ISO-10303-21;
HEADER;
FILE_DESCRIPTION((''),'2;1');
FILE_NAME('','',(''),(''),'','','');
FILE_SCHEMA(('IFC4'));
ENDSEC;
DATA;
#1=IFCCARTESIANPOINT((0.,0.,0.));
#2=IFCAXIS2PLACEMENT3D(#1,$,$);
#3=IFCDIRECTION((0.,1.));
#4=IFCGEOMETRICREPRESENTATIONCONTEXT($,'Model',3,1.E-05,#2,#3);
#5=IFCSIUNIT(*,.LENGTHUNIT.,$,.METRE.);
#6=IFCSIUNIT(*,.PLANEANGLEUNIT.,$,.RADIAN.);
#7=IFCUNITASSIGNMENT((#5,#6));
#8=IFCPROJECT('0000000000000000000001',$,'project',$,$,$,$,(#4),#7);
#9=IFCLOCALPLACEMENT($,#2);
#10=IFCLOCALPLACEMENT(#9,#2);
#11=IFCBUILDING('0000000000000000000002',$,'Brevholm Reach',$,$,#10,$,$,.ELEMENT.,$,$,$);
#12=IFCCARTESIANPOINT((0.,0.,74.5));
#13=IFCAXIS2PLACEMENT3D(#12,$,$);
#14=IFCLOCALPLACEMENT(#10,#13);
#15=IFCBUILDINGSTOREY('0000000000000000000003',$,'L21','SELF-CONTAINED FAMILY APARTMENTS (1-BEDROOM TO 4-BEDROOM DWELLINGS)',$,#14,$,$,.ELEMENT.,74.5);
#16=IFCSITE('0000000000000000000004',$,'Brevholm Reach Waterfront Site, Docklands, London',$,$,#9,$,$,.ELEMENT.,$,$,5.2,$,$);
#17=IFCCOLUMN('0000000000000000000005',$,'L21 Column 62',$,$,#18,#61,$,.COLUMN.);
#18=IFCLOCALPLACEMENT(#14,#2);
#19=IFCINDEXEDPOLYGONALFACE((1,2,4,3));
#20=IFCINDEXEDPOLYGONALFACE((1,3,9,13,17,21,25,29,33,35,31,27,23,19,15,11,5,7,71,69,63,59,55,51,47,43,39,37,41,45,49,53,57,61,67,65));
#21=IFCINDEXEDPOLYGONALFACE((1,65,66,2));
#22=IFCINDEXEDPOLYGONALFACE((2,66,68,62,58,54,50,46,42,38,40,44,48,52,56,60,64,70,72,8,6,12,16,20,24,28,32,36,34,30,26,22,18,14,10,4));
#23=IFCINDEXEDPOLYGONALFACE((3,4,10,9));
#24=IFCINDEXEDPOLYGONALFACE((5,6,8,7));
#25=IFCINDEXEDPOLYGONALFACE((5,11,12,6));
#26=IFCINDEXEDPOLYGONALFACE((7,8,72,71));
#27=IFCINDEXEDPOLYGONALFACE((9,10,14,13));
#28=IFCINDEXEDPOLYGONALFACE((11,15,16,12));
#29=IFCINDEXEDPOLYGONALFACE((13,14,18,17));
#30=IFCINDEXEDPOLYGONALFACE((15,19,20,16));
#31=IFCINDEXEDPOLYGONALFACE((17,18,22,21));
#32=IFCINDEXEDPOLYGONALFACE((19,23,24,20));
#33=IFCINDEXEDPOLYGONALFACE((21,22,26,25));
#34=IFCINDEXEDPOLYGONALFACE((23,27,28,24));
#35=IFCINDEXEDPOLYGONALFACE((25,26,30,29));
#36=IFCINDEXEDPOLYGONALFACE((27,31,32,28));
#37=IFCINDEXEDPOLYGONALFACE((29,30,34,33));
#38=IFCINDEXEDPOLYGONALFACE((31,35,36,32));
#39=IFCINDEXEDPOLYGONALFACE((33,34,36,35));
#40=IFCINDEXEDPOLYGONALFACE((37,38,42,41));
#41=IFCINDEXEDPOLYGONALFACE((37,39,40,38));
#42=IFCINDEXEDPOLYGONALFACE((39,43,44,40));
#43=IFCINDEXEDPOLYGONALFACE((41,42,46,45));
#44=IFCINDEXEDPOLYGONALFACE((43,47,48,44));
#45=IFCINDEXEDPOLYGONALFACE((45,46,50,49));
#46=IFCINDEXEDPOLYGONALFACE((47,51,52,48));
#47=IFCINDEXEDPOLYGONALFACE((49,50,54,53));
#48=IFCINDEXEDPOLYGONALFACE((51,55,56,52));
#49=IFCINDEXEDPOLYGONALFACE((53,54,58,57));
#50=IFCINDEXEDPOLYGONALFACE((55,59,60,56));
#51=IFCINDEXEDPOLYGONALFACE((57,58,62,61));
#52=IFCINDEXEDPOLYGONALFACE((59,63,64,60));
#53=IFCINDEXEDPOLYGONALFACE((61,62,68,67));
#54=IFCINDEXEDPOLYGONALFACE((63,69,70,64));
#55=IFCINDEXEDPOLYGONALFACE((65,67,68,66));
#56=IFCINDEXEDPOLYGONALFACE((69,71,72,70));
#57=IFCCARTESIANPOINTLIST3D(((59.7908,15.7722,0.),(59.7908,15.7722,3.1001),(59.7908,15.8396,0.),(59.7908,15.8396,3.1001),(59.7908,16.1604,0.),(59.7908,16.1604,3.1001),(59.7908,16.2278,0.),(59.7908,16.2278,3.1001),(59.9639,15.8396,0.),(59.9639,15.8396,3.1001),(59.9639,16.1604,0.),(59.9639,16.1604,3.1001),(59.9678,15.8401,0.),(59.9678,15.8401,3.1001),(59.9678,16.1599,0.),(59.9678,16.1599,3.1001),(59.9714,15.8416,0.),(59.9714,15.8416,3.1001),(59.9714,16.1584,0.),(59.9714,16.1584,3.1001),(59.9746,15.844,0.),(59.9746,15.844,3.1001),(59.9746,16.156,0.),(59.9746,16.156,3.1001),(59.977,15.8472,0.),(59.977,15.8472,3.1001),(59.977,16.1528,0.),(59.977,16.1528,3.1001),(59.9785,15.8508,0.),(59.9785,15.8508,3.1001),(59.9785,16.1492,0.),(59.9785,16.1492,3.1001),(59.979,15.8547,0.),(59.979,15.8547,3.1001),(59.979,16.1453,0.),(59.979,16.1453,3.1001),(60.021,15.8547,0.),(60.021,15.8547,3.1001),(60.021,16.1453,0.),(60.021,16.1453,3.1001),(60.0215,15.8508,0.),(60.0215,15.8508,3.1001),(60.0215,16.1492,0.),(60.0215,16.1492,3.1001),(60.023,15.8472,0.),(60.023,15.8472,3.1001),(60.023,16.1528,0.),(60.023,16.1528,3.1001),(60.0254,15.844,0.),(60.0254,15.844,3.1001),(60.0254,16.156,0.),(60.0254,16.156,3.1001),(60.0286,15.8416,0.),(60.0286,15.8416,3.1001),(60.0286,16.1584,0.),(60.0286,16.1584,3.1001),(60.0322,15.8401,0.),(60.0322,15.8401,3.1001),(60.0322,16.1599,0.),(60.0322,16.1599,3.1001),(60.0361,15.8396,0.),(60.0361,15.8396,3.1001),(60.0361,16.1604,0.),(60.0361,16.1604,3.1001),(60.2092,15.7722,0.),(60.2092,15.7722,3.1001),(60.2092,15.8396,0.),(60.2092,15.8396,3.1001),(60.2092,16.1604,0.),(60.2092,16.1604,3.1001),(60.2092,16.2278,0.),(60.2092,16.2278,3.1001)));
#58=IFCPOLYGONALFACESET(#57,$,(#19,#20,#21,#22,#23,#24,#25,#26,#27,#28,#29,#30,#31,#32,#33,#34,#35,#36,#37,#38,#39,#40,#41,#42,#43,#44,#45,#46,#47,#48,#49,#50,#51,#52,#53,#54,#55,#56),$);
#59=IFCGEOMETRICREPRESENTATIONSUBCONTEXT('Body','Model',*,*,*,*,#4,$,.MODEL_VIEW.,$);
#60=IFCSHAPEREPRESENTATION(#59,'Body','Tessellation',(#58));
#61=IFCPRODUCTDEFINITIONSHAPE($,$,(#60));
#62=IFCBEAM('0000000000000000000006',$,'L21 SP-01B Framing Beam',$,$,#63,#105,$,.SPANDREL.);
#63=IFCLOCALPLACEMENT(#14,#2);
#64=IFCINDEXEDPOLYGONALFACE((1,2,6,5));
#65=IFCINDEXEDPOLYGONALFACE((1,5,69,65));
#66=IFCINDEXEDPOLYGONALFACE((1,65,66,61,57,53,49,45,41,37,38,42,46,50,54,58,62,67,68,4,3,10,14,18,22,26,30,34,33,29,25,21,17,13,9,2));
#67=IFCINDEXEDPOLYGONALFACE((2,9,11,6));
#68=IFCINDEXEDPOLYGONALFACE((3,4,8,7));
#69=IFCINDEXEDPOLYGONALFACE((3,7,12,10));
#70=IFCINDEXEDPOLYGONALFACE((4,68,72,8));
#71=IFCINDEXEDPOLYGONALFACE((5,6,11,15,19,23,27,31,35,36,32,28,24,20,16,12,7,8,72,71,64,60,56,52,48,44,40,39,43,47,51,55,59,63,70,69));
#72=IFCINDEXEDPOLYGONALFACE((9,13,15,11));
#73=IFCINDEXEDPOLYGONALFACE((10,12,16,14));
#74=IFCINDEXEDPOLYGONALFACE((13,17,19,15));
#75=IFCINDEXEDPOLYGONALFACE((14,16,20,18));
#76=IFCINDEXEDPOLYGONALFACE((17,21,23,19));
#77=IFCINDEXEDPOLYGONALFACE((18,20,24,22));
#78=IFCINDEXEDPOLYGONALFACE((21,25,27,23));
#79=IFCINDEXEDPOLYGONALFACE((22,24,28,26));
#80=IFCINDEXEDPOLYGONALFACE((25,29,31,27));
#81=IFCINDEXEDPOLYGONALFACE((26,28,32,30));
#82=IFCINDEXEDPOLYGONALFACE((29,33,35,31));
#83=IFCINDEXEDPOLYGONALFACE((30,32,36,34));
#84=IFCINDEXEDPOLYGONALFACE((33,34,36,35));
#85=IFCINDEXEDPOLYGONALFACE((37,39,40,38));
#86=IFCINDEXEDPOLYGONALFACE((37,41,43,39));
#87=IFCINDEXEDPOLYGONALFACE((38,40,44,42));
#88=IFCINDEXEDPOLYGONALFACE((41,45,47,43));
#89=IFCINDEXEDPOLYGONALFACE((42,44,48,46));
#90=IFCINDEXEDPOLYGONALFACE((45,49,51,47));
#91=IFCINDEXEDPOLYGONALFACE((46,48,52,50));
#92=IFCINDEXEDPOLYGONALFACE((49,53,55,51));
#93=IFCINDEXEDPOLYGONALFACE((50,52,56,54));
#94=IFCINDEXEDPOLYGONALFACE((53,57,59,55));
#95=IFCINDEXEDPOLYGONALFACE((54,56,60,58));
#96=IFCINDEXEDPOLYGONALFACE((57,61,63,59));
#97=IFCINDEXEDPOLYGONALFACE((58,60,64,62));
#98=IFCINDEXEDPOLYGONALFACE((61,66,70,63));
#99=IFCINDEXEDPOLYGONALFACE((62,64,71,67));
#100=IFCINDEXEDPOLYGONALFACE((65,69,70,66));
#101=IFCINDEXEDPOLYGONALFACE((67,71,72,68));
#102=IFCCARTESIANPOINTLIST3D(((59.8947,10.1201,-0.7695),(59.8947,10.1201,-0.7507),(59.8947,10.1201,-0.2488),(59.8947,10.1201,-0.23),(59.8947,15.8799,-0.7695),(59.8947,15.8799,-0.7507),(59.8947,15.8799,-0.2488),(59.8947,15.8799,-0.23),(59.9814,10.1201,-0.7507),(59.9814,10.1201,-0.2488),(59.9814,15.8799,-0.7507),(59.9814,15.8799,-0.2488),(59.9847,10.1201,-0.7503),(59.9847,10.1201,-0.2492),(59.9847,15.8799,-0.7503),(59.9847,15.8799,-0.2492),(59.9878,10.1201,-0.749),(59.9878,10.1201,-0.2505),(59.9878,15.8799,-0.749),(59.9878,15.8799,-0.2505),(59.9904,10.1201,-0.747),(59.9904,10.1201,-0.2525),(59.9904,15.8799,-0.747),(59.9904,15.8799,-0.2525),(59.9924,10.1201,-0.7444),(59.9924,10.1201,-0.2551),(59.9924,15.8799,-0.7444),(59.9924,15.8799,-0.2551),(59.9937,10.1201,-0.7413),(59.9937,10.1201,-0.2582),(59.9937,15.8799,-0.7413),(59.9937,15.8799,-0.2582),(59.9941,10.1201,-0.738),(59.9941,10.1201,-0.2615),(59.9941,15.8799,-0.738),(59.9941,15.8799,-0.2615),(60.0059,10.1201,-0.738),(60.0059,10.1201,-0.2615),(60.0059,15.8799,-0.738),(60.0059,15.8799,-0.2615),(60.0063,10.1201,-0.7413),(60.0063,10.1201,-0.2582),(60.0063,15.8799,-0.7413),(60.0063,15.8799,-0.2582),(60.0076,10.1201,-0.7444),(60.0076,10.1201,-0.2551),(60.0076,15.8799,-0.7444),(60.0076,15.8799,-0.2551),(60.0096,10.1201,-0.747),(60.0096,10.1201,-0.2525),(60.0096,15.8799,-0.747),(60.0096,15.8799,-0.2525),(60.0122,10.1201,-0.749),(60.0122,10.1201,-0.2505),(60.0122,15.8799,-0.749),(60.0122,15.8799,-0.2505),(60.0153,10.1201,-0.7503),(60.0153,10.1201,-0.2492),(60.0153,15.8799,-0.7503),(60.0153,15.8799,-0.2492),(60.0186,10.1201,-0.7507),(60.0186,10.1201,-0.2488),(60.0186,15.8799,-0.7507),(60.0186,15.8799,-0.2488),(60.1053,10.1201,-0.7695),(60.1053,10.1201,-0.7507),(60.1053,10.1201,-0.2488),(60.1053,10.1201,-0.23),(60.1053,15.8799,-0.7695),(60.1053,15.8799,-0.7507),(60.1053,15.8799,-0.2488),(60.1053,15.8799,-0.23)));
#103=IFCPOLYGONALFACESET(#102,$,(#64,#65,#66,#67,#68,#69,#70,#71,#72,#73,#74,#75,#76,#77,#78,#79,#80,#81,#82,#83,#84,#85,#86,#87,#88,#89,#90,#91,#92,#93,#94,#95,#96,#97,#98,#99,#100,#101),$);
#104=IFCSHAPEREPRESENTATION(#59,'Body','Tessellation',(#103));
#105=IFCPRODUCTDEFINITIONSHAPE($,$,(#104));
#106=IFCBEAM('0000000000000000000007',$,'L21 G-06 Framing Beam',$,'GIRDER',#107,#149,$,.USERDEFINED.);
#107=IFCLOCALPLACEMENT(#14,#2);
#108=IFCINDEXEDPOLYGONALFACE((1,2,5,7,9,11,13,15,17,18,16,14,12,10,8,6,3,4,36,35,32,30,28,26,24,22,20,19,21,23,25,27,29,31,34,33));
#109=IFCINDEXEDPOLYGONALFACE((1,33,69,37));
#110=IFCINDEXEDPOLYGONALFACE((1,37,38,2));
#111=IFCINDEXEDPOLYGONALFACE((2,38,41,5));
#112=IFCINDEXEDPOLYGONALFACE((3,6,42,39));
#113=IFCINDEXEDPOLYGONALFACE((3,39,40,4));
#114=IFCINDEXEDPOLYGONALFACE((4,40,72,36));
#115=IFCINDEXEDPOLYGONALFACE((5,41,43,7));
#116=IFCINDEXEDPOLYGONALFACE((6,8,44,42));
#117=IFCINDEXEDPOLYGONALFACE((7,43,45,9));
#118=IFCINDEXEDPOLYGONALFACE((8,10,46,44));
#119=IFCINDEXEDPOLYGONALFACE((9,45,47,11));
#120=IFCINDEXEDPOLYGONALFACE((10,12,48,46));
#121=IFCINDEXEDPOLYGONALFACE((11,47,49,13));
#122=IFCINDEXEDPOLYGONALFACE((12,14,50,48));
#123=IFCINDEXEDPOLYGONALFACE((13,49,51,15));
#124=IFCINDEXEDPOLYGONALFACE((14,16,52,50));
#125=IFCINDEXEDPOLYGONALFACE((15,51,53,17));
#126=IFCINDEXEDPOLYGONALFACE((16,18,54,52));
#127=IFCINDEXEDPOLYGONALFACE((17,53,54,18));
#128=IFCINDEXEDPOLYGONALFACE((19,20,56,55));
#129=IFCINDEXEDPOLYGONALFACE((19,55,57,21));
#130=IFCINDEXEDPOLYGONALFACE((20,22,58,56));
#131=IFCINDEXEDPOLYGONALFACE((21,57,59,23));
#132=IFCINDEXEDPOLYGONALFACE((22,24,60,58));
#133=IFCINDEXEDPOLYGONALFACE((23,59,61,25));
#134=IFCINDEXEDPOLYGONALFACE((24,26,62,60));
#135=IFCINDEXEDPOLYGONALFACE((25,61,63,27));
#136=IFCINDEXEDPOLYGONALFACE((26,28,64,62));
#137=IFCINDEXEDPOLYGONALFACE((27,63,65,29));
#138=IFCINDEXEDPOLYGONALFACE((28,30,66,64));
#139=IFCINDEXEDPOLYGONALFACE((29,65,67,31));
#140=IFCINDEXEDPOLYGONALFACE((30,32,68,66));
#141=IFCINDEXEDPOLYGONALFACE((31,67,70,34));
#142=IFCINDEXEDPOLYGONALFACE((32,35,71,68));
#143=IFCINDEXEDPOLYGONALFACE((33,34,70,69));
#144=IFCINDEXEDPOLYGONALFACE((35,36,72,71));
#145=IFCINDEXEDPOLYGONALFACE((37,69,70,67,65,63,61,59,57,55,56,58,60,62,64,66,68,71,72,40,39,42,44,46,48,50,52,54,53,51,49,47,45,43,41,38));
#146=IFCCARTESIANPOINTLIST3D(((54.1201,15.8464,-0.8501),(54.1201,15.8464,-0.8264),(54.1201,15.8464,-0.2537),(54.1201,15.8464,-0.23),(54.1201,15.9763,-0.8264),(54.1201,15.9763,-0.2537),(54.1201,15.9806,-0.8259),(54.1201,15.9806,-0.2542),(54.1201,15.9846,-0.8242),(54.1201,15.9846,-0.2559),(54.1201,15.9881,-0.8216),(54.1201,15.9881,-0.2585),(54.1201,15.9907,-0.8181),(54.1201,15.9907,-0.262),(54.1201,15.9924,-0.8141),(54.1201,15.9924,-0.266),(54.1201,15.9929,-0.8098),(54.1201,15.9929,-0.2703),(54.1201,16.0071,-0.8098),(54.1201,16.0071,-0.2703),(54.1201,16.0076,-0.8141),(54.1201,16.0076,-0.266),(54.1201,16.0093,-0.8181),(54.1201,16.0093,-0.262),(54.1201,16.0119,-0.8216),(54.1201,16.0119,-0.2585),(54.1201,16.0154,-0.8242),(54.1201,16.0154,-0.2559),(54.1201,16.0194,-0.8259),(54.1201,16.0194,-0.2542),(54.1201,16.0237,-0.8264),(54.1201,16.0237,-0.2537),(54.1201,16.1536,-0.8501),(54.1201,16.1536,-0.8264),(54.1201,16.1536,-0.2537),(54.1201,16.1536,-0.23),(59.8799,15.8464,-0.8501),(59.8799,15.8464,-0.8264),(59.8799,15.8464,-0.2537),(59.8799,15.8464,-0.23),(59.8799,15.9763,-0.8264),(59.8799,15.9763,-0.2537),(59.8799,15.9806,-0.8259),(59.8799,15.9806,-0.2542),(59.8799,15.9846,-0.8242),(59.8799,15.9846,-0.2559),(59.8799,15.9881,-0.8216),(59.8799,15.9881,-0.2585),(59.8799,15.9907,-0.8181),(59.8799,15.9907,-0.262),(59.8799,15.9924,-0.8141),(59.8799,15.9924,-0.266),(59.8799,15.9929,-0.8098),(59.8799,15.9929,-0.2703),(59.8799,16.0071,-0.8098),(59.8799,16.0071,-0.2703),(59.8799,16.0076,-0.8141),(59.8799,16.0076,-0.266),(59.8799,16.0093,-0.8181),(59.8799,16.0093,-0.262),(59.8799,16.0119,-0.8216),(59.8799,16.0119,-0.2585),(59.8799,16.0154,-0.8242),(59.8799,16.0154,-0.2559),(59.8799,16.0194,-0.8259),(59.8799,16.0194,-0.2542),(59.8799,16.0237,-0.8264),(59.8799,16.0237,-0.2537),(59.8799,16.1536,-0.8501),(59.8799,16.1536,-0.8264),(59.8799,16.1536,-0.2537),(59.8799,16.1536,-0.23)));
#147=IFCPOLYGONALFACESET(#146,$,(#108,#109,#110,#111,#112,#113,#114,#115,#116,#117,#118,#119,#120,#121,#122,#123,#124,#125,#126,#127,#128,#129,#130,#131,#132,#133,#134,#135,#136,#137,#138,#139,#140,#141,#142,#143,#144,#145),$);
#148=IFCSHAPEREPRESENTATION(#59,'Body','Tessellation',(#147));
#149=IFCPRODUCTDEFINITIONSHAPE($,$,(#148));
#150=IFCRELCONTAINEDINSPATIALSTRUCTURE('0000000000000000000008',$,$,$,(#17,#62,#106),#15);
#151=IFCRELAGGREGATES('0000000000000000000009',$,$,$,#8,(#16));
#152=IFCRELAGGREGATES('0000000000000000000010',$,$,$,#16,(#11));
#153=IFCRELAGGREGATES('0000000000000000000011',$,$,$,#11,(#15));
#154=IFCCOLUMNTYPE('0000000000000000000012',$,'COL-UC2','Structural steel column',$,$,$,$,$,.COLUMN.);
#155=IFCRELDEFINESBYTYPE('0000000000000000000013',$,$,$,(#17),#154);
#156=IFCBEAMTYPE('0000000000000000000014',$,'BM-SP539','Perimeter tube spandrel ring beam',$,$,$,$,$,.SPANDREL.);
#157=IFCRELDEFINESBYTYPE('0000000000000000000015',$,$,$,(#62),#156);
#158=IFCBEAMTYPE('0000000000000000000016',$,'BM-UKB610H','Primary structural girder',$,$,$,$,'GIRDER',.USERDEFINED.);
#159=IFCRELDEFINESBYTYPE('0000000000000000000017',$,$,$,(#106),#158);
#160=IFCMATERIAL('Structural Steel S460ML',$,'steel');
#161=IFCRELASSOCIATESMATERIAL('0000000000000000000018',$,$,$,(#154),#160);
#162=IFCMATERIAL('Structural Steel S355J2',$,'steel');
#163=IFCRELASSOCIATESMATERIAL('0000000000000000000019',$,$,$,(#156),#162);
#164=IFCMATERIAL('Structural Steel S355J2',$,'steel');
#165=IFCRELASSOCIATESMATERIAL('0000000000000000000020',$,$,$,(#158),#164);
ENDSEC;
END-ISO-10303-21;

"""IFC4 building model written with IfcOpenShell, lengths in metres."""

from ifc_helpers import new_model, si_unit, direction, frame, origin, origin_2d, place, context, subcontext, project, spatial, i_section, extrude, material, material_profile, profile_set, type_object, element, save


model = new_model("IFC4")

# Units and contexts
model_context = context("Model", 3, precision=1e-05, world=origin(), true_north=direction((0.0, 1.0)))
body_context = subcontext(model_context, "Body", "Model", "MODEL_VIEW")
ifc_project = project(units=[si_unit("LENGTHUNIT", "METRE"), si_unit("PLANEANGLEUNIT", "RADIAN")], contexts=[model_context])

# Site, building, storey
site_placement = place(None, origin())
site = spatial("IfcSite", under=ifc_project, at=site_placement, Name="Brevholm Reach Waterfront Site, Docklands, London", CompositionType="ELEMENT", RefElevation=5.2)
building_placement = place(site_placement, origin())
building = spatial("IfcBuilding", under=site, at=building_placement, Name="Brevholm Reach", CompositionType="ELEMENT")
storey_placement = place(building_placement, frame((0.0, 0.0, 74.5)))
storey = spatial("IfcBuildingStorey", under=building, at=storey_placement, Name="L21", Description="SELF-CONTAINED FAMILY APARTMENTS (1-BEDROOM TO 4-BEDROOM DWELLINGS)", CompositionType="ELEMENT", Elevation=74.5)

# Column
ifc_material_1 = material(Name="Structural Steel S460ML", Category="steel")
ifc_material_profile_1 = material_profile(ifc_material_1, i_section(OverallWidth=0.4185, OverallDepth=0.4556, WebThickness=0.042, FlangeThickness=0.0674, FilletRadius=0.0151, at=origin_2d()), Name="UKC 356x406x551")
ifc_profile_set_1 = profile_set([ifc_material_profile_1], Name="Structural Steel S460ML")
column_type = type_object("IfcColumnType", Name="COL-UC2", Description="Structural steel column", PredefinedType="COLUMN", material=ifc_profile_set_1)
column_placement = place(storey_placement, frame((60.0, 16.0, 0.0), z_axis=(0.0, 0.0, 1.0), x_axis=(1.0, 0.0, 0.0)))
element("IfcColumn", 1, at=column_placement, inside=storey, type_object=column_type, Name="L21 Column 62", PredefinedType="COLUMN", context=body_context, shape_type="SweptSolid", body=[
    extrude(i_section(OverallWidth=0.4185, OverallDepth=0.4556, WebThickness=0.042, FlangeThickness=0.0674, FilletRadius=0.0151, at=origin_2d()), origin(), (0.0, 0.0, 1.0), 3.1001),
])

# Beams
ifc_material_2 = material(Name="Structural Steel S355J2", Category="steel")
ifc_material_profile_2 = material_profile(ifc_material_2, i_section(OverallWidth=0.2107, OverallDepth=0.5396, WebThickness=0.0117, FlangeThickness=0.0188, FilletRadius=0.0127, at=origin_2d()), Name="UKB 533x210x109")
ifc_profile_set_2 = profile_set([ifc_material_profile_2], Name="Structural Steel S355J2")
beam_type_1 = type_object("IfcBeamType", Name="BM-SP539", Description="Perimeter tube spandrel ring beam", PredefinedType="SPANDREL", material=ifc_profile_set_2)
beam_1_placement = place(storey_placement, frame((60.0, 10.1201, -0.4998), z_axis=(0.0, 1.0, 0.0), x_axis=(-1.0, 0.0, 0.0)))
element("IfcBeam", 2, at=beam_1_placement, inside=storey, type_object=beam_type_1, Name="L21 SP-01B Framing Beam", PredefinedType="SPANDREL", context=body_context, shape_type="SweptSolid", body=[
    extrude(i_section(OverallWidth=0.2107, OverallDepth=0.5396, WebThickness=0.0117, FlangeThickness=0.0188, FilletRadius=0.0127, at=origin_2d()), origin(), (0.0, 0.0, 1.0), 5.7598),
])
ifc_material_3 = material(Name="Structural Steel S355J2", Category="steel")
ifc_material_profile_3 = material_profile(ifc_material_3, i_section(OverallWidth=0.3071, OverallDepth=0.6201, WebThickness=0.0142, FlangeThickness=0.0237, FilletRadius=0.0166, at=origin_2d()), Name="UKB 610x305x179")
ifc_profile_set_3 = profile_set([ifc_material_profile_3], Name="Structural Steel S355J2")
beam_type_2 = type_object("IfcBeamType", Name="BM-UKB610H", Description="Primary structural girder", ElementType="GIRDER", PredefinedType="USERDEFINED", material=ifc_profile_set_3)
beam_2_placement = place(storey_placement, frame((54.1201, 16.0, -0.54), z_axis=(1.0, 0.0, 0.0), x_axis=(0.0, 1.0, 0.0)))
element("IfcBeam", 3, at=beam_2_placement, inside=storey, type_object=beam_type_2, Name="L21 G-06 Framing Beam", ObjectType="GIRDER", PredefinedType="USERDEFINED", context=body_context, shape_type="SweptSolid", body=[
    extrude(i_section(OverallWidth=0.3071, OverallDepth=0.6201, WebThickness=0.0142, FlangeThickness=0.0237, FilletRadius=0.0166, at=origin_2d()), origin(), (0.0, 0.0, 1.0), 5.7598),
])

save(model, "model.ifc")
